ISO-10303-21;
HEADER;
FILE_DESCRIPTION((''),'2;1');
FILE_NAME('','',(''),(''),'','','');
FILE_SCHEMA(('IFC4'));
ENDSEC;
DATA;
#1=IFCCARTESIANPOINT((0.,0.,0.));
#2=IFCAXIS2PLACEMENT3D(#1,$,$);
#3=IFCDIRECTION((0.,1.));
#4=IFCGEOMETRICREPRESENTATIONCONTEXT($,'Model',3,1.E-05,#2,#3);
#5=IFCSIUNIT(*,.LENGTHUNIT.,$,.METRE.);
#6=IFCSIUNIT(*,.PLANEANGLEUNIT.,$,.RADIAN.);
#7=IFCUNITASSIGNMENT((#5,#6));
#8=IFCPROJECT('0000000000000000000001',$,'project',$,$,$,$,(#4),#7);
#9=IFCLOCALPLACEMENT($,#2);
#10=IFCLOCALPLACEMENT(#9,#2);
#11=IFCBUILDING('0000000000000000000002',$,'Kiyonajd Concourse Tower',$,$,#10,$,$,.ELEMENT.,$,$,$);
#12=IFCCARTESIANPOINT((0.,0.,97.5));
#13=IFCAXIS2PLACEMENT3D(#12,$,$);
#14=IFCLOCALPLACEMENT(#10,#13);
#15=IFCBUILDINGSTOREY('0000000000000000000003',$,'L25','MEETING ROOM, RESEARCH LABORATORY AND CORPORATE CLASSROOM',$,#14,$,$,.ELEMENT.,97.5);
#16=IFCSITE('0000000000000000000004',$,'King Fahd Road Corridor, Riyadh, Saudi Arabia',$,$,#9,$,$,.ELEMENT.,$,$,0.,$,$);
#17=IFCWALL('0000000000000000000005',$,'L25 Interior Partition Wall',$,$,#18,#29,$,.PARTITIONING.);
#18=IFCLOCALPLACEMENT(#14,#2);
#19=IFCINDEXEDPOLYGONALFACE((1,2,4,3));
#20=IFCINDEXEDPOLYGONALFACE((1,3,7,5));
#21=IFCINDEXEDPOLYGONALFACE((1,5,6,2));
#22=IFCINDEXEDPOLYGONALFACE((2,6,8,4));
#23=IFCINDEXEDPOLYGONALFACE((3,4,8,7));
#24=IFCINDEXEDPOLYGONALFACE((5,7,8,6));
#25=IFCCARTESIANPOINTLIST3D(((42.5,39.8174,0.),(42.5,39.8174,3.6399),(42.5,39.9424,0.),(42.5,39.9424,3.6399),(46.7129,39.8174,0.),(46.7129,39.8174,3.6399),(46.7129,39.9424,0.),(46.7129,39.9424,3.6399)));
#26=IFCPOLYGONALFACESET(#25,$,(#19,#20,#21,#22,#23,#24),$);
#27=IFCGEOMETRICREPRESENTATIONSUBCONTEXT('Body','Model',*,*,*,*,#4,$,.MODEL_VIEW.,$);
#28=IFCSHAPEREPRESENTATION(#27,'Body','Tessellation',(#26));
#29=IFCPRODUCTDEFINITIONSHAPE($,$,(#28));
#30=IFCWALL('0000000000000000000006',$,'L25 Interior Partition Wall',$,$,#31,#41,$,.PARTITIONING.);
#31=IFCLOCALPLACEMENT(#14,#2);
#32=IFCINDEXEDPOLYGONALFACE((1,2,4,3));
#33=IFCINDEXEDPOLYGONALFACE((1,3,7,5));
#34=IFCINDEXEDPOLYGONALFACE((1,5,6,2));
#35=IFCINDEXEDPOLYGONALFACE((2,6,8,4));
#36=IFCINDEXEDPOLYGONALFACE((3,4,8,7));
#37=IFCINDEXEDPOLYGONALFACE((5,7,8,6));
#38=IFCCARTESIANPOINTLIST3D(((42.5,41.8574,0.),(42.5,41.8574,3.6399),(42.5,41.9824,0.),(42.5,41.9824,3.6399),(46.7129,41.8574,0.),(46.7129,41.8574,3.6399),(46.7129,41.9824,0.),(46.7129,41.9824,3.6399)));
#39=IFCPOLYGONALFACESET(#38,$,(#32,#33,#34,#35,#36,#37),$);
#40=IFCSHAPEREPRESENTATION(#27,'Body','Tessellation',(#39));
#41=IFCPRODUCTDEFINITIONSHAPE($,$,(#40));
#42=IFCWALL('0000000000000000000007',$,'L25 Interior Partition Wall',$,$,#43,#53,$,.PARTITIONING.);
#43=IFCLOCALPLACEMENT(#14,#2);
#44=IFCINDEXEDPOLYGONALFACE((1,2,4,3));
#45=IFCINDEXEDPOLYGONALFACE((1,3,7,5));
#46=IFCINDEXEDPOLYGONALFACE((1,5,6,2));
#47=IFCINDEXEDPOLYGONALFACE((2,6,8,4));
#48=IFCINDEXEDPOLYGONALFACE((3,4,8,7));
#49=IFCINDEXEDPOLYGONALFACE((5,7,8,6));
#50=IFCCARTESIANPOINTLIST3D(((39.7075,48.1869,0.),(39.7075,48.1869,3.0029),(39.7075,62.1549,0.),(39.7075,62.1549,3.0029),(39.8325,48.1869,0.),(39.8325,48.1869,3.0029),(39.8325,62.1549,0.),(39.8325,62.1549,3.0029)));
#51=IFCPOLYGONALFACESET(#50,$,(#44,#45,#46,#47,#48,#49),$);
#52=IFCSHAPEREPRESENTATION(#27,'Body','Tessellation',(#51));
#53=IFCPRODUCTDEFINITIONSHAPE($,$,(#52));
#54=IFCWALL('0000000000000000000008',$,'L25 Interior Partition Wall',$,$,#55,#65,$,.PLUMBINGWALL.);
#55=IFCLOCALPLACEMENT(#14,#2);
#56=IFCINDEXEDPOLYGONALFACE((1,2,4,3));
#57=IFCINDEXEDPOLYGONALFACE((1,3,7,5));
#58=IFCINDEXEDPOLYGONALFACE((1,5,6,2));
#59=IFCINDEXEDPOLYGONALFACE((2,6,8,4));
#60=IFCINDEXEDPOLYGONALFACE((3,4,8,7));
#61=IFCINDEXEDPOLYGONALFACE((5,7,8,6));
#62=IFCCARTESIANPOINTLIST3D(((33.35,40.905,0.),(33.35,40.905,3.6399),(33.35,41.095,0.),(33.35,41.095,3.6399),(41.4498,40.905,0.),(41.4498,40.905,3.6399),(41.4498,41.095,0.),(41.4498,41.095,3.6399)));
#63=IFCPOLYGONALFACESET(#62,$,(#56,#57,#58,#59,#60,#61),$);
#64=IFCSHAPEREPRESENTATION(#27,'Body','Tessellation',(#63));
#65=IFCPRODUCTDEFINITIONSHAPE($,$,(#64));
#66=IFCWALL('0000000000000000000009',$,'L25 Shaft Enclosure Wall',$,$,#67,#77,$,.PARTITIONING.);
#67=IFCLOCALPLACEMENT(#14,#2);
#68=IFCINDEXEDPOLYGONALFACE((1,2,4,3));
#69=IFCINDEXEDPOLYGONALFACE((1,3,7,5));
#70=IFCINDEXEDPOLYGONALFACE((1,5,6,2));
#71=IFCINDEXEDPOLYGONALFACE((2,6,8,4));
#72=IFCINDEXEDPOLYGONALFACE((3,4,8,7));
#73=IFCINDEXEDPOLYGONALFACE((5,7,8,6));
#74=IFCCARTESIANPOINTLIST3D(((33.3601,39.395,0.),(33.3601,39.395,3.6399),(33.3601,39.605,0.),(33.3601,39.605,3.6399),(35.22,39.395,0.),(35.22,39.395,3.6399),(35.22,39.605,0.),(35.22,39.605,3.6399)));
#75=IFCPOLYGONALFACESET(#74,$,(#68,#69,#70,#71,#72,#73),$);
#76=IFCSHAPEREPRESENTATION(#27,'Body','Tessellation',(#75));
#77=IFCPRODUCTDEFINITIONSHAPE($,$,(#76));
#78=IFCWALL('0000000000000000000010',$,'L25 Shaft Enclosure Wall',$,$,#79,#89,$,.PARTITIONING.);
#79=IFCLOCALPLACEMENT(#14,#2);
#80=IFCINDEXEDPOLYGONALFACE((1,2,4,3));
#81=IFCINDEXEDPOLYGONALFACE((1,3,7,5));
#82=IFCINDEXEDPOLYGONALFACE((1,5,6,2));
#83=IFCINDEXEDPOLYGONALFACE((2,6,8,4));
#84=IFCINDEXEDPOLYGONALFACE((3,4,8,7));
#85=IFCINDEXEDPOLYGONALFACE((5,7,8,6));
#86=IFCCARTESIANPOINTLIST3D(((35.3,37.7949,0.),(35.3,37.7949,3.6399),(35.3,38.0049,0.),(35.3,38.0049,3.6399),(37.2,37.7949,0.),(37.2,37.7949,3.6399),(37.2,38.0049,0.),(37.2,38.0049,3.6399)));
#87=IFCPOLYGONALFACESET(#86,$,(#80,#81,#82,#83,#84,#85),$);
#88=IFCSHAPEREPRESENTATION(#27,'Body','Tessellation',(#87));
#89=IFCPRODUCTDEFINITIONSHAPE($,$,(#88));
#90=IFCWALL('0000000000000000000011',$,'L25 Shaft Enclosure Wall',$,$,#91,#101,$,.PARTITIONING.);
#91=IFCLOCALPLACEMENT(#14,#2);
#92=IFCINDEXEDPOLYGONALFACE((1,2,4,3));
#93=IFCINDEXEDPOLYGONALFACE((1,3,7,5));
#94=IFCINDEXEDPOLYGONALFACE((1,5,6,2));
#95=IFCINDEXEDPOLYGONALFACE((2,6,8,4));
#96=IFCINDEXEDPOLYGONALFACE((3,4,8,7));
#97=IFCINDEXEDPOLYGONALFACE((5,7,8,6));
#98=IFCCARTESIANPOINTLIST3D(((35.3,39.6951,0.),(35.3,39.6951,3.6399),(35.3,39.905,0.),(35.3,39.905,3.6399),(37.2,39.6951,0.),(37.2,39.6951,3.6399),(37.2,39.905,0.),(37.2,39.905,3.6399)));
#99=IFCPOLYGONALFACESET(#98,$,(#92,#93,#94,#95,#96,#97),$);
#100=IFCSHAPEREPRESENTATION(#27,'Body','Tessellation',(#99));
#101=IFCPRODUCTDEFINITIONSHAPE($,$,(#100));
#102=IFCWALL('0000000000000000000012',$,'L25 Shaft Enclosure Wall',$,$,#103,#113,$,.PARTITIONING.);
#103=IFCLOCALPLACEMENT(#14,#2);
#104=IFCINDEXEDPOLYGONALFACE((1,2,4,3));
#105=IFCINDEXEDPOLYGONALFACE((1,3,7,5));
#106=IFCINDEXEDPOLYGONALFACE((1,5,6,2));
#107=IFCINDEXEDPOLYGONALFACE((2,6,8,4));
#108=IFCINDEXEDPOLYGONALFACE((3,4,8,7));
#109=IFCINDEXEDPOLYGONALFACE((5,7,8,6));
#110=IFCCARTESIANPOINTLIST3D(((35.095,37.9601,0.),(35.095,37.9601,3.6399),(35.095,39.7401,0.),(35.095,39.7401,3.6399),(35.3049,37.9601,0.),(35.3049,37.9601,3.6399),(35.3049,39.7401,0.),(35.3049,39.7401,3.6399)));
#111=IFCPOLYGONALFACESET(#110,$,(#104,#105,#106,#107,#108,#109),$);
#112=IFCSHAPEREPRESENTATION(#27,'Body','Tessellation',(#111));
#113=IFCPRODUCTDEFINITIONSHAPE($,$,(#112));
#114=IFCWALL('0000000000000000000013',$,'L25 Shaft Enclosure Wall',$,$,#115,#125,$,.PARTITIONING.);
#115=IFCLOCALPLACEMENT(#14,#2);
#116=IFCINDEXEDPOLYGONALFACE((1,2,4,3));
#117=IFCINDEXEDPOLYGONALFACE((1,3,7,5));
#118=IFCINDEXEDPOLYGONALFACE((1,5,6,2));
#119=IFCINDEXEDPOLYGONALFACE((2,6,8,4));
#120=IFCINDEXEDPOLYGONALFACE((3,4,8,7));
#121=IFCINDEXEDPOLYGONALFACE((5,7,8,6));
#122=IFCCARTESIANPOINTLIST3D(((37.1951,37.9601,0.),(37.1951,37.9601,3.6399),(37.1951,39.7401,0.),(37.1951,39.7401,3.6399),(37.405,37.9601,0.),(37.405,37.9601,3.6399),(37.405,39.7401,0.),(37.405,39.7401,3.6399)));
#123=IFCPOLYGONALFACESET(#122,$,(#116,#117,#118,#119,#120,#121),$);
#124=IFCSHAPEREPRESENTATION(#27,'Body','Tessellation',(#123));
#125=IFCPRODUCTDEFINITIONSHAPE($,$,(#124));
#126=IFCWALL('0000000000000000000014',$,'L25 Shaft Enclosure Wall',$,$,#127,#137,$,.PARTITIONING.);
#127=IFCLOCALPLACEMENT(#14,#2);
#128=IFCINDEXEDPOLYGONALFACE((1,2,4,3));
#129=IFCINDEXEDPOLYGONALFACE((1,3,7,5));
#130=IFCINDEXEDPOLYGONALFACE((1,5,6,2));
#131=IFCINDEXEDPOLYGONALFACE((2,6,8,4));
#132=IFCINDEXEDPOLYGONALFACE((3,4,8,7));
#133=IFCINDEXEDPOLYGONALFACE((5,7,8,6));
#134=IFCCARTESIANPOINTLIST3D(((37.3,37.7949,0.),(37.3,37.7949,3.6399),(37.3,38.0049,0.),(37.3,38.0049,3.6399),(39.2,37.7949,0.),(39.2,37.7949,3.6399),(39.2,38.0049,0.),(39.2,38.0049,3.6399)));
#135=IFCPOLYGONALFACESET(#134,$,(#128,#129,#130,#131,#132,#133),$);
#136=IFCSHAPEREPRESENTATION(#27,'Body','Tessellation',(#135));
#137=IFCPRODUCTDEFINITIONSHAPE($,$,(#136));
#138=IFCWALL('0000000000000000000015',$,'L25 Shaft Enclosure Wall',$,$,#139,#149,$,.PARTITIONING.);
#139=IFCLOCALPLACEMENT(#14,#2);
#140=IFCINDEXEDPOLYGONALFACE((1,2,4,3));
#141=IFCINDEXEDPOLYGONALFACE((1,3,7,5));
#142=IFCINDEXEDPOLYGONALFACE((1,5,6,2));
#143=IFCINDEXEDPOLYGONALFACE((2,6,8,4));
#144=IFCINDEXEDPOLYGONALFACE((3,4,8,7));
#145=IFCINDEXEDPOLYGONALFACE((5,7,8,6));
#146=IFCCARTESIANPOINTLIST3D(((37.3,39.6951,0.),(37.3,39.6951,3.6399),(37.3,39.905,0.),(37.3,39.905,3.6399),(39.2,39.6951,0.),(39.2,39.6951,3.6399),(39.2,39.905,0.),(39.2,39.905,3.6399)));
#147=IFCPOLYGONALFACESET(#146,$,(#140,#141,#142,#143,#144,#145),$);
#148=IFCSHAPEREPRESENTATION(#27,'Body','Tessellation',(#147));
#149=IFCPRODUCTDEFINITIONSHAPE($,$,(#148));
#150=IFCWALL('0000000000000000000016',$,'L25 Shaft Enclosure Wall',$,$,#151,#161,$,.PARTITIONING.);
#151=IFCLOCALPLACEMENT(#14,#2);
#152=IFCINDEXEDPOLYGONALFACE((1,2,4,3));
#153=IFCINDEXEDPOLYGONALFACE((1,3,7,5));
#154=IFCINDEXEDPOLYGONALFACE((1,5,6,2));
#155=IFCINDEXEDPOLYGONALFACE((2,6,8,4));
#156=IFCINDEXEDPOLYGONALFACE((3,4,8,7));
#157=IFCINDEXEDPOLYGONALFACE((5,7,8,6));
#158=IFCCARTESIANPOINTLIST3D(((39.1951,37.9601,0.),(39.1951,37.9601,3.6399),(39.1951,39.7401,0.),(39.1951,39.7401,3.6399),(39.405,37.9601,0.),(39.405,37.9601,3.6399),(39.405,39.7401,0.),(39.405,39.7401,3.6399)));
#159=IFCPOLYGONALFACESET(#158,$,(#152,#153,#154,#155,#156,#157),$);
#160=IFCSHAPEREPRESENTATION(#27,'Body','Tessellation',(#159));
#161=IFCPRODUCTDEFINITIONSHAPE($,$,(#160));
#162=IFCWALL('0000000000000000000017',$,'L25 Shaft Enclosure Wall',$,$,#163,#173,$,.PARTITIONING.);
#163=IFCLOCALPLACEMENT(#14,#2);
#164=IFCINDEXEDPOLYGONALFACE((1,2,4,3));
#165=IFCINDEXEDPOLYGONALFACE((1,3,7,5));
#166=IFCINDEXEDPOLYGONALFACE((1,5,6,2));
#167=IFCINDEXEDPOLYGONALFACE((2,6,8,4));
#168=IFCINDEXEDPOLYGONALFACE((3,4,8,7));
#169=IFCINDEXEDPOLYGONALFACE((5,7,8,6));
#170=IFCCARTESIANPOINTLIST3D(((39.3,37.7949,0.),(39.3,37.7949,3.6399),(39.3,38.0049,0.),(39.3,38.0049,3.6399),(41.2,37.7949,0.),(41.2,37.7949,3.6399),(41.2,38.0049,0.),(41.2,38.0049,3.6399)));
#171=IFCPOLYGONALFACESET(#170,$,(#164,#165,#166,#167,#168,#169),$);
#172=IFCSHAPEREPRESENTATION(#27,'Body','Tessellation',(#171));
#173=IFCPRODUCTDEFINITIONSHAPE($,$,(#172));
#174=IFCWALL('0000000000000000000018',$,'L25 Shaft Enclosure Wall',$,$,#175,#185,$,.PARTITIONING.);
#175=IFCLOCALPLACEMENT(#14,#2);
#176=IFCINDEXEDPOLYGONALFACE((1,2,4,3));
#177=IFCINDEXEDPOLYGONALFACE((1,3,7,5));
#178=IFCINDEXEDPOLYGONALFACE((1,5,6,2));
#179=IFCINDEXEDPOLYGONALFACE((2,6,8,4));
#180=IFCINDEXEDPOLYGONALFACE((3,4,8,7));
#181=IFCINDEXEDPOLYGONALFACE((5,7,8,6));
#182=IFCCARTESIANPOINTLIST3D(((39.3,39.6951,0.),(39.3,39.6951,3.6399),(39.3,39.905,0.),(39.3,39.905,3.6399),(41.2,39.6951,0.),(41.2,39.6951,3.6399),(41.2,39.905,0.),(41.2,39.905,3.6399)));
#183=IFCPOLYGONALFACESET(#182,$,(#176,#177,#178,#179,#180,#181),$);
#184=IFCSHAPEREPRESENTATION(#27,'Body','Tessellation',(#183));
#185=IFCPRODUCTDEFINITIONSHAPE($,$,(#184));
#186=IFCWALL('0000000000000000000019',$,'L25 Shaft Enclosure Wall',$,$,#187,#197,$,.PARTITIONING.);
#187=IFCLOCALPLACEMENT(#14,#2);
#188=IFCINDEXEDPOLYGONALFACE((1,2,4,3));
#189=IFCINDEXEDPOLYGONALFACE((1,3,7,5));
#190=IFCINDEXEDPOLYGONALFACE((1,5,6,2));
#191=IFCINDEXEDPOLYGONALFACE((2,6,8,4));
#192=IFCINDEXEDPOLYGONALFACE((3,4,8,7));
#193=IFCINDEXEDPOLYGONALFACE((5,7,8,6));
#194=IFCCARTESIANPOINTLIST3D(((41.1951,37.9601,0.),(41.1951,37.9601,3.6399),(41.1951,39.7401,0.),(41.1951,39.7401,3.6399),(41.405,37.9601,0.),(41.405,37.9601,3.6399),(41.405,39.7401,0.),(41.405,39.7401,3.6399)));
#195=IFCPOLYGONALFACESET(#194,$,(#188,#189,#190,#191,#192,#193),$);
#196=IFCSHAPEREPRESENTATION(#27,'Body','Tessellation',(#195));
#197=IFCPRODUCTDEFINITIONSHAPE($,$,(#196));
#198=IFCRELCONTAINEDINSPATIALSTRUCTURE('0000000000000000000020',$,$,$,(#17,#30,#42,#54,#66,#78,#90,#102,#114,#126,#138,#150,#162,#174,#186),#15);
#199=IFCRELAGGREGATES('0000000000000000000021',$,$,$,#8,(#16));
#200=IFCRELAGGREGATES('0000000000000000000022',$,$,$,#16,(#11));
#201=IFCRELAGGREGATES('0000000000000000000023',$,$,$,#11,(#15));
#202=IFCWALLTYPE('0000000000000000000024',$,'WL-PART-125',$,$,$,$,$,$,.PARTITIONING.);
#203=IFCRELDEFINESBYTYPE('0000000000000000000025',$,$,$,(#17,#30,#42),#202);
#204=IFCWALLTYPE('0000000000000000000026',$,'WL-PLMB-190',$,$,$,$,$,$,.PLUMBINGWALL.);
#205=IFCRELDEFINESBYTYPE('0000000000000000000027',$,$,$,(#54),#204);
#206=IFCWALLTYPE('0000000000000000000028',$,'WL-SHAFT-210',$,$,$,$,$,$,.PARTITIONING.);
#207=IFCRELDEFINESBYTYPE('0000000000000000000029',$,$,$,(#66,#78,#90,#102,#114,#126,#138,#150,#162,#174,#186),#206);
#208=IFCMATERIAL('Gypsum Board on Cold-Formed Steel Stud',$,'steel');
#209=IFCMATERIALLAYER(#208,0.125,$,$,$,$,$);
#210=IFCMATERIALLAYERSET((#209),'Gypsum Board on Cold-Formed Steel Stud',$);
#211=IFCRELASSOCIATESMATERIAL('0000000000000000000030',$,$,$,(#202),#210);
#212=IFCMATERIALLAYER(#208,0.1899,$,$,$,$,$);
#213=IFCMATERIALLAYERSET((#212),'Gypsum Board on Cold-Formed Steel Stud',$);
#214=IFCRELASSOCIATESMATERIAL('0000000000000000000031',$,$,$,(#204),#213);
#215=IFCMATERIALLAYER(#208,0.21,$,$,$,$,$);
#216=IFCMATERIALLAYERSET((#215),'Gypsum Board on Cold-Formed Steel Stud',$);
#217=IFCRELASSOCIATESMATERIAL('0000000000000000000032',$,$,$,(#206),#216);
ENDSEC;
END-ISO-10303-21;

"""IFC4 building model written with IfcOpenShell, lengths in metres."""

from ifc_helpers import new_model, si_unit, direction, frame, frame_2d, origin, place, context, subcontext, project, spatial, rectangle, extrude, material, layer, layer_set, type_object, element, save


model = new_model("IFC4")

# Units and contexts
model_context = context("Model", 3, precision=1e-05, world=origin(), true_north=direction((0.0, 1.0)))
body_context = subcontext(model_context, "Body", "Model", "MODEL_VIEW")
ifc_project = project(units=[si_unit("LENGTHUNIT", "METRE"), si_unit("PLANEANGLEUNIT", "RADIAN")], contexts=[model_context])

# Site, building, storey
site_placement = place(None, origin())
site = spatial("IfcSite", under=ifc_project, at=site_placement, Name="King Fahd Road Corridor, Riyadh, Saudi Arabia", CompositionType="ELEMENT", RefElevation=0.0)
building_placement = place(site_placement, origin())
building = spatial("IfcBuilding", under=site, at=building_placement, Name="Kiyonajd Concourse Tower", CompositionType="ELEMENT")
storey_placement = place(building_placement, frame((0.0, 0.0, 97.5)))
storey = spatial("IfcBuildingStorey", under=building, at=storey_placement, Name="L25", Description="MEETING ROOM, RESEARCH LABORATORY AND CORPORATE CLASSROOM", CompositionType="ELEMENT", Elevation=97.5)

# Walls
ifc_material_1 = material(Name="Gypsum Board on Cold-Formed Steel Stud", Category="steel")
ifc_layer_1 = layer(ifc_material_1, 0.125)
ifc_layer_set_1 = layer_set([ifc_layer_1], Name="Gypsum Board on Cold-Formed Steel Stud")
wall_type_1 = type_object("IfcWallType", Name="WL-PART-125", PredefinedType="PARTITIONING", material=ifc_layer_set_1)
for number, where, z_axis, x_axis, name in (
    (1, (42.5, 39.8799, 0.0), (0.0, 0.0, 1.0), (1.0, 0.0, 0.0), "L25 Interior Partition Wall"),
    (2, (42.5, 41.9199, 0.0), (0.0, 0.0, 1.0), (1.0, 0.0, 0.0), "L25 Interior Partition Wall"),
):
    element("IfcWall", number, at=place(storey_placement, frame(where, z_axis=z_axis, x_axis=x_axis)), inside=storey, type_object=wall_type_1, Name=name, PredefinedType="PARTITIONING", context=body_context, shape_type="SweptSolid", body=[
        extrude(rectangle(XDim=4.2129, YDim=0.125, at=frame_2d((2.1064, 0.0))), origin(), (0.0, 0.0, 1.0), 3.6399),
    ])
wall_1_placement = place(storey_placement, frame((39.77, 48.187, 0.0), z_axis=(0.0, 0.0, 1.0), x_axis=(0.0, 1.0, 0.0)))
element("IfcWall", 3, at=wall_1_placement, inside=storey, type_object=wall_type_1, Name="L25 Interior Partition Wall", PredefinedType="PARTITIONING", context=body_context, shape_type="SweptSolid", body=[
    extrude(rectangle(XDim=13.968, YDim=0.125, at=frame_2d((6.9839, 0.0))), origin(), (0.0, 0.0, 1.0), 3.0029),
])
ifc_layer_2 = layer(ifc_material_1, 0.1899)
ifc_layer_set_2 = layer_set([ifc_layer_2], Name="Gypsum Board on Cold-Formed Steel Stud")
wall_type_2 = type_object("IfcWallType", Name="WL-PLMB-190", PredefinedType="PLUMBINGWALL", material=ifc_layer_set_2)
wall_2_placement = place(storey_placement, frame((33.3501, 41.0, 0.0), z_axis=(0.0, 0.0, 1.0), x_axis=(1.0, 0.0, 0.0)))
element("IfcWall", 4, at=wall_2_placement, inside=storey, type_object=wall_type_2, Name="L25 Interior Partition Wall", PredefinedType="PLUMBINGWALL", context=body_context, shape_type="SweptSolid", body=[
    extrude(rectangle(XDim=8.0999, YDim=0.1899, at=frame_2d((4.0498, 0.0))), origin(), (0.0, 0.0, 1.0), 3.6399),
])
ifc_layer_3 = layer(ifc_material_1, 0.21)
ifc_layer_set_3 = layer_set([ifc_layer_3], Name="Gypsum Board on Cold-Formed Steel Stud")
wall_type_3 = type_object("IfcWallType", Name="WL-SHAFT-210", PredefinedType="PARTITIONING", material=ifc_layer_set_3)
wall_3_placement = place(storey_placement, frame((33.3601, 39.5, 0.0), z_axis=(0.0, 0.0, 1.0), x_axis=(1.0, 0.0, 0.0)))
element("IfcWall", 5, at=wall_3_placement, inside=storey, type_object=wall_type_3, Name="L25 Shaft Enclosure Wall", PredefinedType="PARTITIONING", context=body_context, shape_type="SweptSolid", body=[
    extrude(rectangle(XDim=1.8599, YDim=0.21, at=frame_2d((0.9299, 0.0))), origin(), (0.0, 0.0, 1.0), 3.6399),
])
for number, where, z_axis, x_axis, name in (
    (6, (35.3, 37.8999, 0.0), (0.0, 0.0, 1.0), (1.0, 0.0, 0.0), "L25 Shaft Enclosure Wall"),
    (7, (35.3, 39.8, 0.0), (0.0, 0.0, 1.0), (1.0, 0.0, 0.0), "L25 Shaft Enclosure Wall"),
):
    element("IfcWall", number, at=place(storey_placement, frame(where, z_axis=z_axis, x_axis=x_axis)), inside=storey, type_object=wall_type_3, Name=name, PredefinedType="PARTITIONING", context=body_context, shape_type="SweptSolid", body=[
        extrude(rectangle(XDim=1.8999, YDim=0.21, at=frame_2d((0.95, 0.0))), origin(), (0.0, 0.0, 1.0), 3.6399),
    ])
for number, where, z_axis, x_axis, name in (
    (8, (35.2, 37.96, 0.0), (0.0, 0.0, 1.0), (0.0, 1.0, 0.0), "L25 Shaft Enclosure Wall"),
    (9, (37.3, 37.96, 0.0), (0.0, 0.0, 1.0), (0.0, 1.0, 0.0), "L25 Shaft Enclosure Wall"),
):
    element("IfcWall", number, at=place(storey_placement, frame(where, z_axis=z_axis, x_axis=x_axis)), inside=storey, type_object=wall_type_3, Name=name, PredefinedType="PARTITIONING", context=body_context, shape_type="SweptSolid", body=[
        extrude(rectangle(XDim=1.78, YDim=0.21, at=frame_2d((0.8901, 0.0))), origin(), (0.0, 0.0, 1.0), 3.6399),
    ])
for number, where, z_axis, x_axis, name in (
    (10, (37.3, 37.8999, 0.0), (0.0, 0.0, 1.0), (1.0, 0.0, 0.0), "L25 Shaft Enclosure Wall"),
    (11, (37.3, 39.8, 0.0), (0.0, 0.0, 1.0), (1.0, 0.0, 0.0), "L25 Shaft Enclosure Wall"),
):
    element("IfcWall", number, at=place(storey_placement, frame(where, z_axis=z_axis, x_axis=x_axis)), inside=storey, type_object=wall_type_3, Name=name, PredefinedType="PARTITIONING", context=body_context, shape_type="SweptSolid", body=[
        extrude(rectangle(XDim=1.8999, YDim=0.21, at=frame_2d((0.95, 0.0))), origin(), (0.0, 0.0, 1.0), 3.6399),
    ])
wall_4_placement = place(storey_placement, frame((39.3, 37.96, 0.0), z_axis=(0.0, 0.0, 1.0), x_axis=(0.0, 1.0, 0.0)))
element("IfcWall", 12, at=wall_4_placement, inside=storey, type_object=wall_type_3, Name="L25 Shaft Enclosure Wall", PredefinedType="PARTITIONING", context=body_context, shape_type="SweptSolid", body=[
    extrude(rectangle(XDim=1.78, YDim=0.21, at=frame_2d((0.8901, 0.0))), origin(), (0.0, 0.0, 1.0), 3.6399),
])
for number, where, z_axis, x_axis, name in (
    (13, (39.3, 37.8999, 0.0), (0.0, 0.0, 1.0), (1.0, 0.0, 0.0), "L25 Shaft Enclosure Wall"),
    (14, (39.3, 39.8, 0.0), (0.0, 0.0, 1.0), (1.0, 0.0, 0.0), "L25 Shaft Enclosure Wall"),
):
    element("IfcWall", number, at=place(storey_placement, frame(where, z_axis=z_axis, x_axis=x_axis)), inside=storey, type_object=wall_type_3, Name=name, PredefinedType="PARTITIONING", context=body_context, shape_type="SweptSolid", body=[
        extrude(rectangle(XDim=1.8999, YDim=0.21, at=frame_2d((0.95, 0.0))), origin(), (0.0, 0.0, 1.0), 3.6399),
    ])
wall_5_placement = place(storey_placement, frame((41.3, 37.96, 0.0), z_axis=(0.0, 0.0, 1.0), x_axis=(0.0, 1.0, 0.0)))
element("IfcWall", 15, at=wall_5_placement, inside=storey, type_object=wall_type_3, Name="L25 Shaft Enclosure Wall", PredefinedType="PARTITIONING", context=body_context, shape_type="SweptSolid", body=[
    extrude(rectangle(XDim=1.78, YDim=0.21, at=frame_2d((0.8901, 0.0))), origin(), (0.0, 0.0, 1.0), 3.6399),
])

save(model, "model.ifc")
